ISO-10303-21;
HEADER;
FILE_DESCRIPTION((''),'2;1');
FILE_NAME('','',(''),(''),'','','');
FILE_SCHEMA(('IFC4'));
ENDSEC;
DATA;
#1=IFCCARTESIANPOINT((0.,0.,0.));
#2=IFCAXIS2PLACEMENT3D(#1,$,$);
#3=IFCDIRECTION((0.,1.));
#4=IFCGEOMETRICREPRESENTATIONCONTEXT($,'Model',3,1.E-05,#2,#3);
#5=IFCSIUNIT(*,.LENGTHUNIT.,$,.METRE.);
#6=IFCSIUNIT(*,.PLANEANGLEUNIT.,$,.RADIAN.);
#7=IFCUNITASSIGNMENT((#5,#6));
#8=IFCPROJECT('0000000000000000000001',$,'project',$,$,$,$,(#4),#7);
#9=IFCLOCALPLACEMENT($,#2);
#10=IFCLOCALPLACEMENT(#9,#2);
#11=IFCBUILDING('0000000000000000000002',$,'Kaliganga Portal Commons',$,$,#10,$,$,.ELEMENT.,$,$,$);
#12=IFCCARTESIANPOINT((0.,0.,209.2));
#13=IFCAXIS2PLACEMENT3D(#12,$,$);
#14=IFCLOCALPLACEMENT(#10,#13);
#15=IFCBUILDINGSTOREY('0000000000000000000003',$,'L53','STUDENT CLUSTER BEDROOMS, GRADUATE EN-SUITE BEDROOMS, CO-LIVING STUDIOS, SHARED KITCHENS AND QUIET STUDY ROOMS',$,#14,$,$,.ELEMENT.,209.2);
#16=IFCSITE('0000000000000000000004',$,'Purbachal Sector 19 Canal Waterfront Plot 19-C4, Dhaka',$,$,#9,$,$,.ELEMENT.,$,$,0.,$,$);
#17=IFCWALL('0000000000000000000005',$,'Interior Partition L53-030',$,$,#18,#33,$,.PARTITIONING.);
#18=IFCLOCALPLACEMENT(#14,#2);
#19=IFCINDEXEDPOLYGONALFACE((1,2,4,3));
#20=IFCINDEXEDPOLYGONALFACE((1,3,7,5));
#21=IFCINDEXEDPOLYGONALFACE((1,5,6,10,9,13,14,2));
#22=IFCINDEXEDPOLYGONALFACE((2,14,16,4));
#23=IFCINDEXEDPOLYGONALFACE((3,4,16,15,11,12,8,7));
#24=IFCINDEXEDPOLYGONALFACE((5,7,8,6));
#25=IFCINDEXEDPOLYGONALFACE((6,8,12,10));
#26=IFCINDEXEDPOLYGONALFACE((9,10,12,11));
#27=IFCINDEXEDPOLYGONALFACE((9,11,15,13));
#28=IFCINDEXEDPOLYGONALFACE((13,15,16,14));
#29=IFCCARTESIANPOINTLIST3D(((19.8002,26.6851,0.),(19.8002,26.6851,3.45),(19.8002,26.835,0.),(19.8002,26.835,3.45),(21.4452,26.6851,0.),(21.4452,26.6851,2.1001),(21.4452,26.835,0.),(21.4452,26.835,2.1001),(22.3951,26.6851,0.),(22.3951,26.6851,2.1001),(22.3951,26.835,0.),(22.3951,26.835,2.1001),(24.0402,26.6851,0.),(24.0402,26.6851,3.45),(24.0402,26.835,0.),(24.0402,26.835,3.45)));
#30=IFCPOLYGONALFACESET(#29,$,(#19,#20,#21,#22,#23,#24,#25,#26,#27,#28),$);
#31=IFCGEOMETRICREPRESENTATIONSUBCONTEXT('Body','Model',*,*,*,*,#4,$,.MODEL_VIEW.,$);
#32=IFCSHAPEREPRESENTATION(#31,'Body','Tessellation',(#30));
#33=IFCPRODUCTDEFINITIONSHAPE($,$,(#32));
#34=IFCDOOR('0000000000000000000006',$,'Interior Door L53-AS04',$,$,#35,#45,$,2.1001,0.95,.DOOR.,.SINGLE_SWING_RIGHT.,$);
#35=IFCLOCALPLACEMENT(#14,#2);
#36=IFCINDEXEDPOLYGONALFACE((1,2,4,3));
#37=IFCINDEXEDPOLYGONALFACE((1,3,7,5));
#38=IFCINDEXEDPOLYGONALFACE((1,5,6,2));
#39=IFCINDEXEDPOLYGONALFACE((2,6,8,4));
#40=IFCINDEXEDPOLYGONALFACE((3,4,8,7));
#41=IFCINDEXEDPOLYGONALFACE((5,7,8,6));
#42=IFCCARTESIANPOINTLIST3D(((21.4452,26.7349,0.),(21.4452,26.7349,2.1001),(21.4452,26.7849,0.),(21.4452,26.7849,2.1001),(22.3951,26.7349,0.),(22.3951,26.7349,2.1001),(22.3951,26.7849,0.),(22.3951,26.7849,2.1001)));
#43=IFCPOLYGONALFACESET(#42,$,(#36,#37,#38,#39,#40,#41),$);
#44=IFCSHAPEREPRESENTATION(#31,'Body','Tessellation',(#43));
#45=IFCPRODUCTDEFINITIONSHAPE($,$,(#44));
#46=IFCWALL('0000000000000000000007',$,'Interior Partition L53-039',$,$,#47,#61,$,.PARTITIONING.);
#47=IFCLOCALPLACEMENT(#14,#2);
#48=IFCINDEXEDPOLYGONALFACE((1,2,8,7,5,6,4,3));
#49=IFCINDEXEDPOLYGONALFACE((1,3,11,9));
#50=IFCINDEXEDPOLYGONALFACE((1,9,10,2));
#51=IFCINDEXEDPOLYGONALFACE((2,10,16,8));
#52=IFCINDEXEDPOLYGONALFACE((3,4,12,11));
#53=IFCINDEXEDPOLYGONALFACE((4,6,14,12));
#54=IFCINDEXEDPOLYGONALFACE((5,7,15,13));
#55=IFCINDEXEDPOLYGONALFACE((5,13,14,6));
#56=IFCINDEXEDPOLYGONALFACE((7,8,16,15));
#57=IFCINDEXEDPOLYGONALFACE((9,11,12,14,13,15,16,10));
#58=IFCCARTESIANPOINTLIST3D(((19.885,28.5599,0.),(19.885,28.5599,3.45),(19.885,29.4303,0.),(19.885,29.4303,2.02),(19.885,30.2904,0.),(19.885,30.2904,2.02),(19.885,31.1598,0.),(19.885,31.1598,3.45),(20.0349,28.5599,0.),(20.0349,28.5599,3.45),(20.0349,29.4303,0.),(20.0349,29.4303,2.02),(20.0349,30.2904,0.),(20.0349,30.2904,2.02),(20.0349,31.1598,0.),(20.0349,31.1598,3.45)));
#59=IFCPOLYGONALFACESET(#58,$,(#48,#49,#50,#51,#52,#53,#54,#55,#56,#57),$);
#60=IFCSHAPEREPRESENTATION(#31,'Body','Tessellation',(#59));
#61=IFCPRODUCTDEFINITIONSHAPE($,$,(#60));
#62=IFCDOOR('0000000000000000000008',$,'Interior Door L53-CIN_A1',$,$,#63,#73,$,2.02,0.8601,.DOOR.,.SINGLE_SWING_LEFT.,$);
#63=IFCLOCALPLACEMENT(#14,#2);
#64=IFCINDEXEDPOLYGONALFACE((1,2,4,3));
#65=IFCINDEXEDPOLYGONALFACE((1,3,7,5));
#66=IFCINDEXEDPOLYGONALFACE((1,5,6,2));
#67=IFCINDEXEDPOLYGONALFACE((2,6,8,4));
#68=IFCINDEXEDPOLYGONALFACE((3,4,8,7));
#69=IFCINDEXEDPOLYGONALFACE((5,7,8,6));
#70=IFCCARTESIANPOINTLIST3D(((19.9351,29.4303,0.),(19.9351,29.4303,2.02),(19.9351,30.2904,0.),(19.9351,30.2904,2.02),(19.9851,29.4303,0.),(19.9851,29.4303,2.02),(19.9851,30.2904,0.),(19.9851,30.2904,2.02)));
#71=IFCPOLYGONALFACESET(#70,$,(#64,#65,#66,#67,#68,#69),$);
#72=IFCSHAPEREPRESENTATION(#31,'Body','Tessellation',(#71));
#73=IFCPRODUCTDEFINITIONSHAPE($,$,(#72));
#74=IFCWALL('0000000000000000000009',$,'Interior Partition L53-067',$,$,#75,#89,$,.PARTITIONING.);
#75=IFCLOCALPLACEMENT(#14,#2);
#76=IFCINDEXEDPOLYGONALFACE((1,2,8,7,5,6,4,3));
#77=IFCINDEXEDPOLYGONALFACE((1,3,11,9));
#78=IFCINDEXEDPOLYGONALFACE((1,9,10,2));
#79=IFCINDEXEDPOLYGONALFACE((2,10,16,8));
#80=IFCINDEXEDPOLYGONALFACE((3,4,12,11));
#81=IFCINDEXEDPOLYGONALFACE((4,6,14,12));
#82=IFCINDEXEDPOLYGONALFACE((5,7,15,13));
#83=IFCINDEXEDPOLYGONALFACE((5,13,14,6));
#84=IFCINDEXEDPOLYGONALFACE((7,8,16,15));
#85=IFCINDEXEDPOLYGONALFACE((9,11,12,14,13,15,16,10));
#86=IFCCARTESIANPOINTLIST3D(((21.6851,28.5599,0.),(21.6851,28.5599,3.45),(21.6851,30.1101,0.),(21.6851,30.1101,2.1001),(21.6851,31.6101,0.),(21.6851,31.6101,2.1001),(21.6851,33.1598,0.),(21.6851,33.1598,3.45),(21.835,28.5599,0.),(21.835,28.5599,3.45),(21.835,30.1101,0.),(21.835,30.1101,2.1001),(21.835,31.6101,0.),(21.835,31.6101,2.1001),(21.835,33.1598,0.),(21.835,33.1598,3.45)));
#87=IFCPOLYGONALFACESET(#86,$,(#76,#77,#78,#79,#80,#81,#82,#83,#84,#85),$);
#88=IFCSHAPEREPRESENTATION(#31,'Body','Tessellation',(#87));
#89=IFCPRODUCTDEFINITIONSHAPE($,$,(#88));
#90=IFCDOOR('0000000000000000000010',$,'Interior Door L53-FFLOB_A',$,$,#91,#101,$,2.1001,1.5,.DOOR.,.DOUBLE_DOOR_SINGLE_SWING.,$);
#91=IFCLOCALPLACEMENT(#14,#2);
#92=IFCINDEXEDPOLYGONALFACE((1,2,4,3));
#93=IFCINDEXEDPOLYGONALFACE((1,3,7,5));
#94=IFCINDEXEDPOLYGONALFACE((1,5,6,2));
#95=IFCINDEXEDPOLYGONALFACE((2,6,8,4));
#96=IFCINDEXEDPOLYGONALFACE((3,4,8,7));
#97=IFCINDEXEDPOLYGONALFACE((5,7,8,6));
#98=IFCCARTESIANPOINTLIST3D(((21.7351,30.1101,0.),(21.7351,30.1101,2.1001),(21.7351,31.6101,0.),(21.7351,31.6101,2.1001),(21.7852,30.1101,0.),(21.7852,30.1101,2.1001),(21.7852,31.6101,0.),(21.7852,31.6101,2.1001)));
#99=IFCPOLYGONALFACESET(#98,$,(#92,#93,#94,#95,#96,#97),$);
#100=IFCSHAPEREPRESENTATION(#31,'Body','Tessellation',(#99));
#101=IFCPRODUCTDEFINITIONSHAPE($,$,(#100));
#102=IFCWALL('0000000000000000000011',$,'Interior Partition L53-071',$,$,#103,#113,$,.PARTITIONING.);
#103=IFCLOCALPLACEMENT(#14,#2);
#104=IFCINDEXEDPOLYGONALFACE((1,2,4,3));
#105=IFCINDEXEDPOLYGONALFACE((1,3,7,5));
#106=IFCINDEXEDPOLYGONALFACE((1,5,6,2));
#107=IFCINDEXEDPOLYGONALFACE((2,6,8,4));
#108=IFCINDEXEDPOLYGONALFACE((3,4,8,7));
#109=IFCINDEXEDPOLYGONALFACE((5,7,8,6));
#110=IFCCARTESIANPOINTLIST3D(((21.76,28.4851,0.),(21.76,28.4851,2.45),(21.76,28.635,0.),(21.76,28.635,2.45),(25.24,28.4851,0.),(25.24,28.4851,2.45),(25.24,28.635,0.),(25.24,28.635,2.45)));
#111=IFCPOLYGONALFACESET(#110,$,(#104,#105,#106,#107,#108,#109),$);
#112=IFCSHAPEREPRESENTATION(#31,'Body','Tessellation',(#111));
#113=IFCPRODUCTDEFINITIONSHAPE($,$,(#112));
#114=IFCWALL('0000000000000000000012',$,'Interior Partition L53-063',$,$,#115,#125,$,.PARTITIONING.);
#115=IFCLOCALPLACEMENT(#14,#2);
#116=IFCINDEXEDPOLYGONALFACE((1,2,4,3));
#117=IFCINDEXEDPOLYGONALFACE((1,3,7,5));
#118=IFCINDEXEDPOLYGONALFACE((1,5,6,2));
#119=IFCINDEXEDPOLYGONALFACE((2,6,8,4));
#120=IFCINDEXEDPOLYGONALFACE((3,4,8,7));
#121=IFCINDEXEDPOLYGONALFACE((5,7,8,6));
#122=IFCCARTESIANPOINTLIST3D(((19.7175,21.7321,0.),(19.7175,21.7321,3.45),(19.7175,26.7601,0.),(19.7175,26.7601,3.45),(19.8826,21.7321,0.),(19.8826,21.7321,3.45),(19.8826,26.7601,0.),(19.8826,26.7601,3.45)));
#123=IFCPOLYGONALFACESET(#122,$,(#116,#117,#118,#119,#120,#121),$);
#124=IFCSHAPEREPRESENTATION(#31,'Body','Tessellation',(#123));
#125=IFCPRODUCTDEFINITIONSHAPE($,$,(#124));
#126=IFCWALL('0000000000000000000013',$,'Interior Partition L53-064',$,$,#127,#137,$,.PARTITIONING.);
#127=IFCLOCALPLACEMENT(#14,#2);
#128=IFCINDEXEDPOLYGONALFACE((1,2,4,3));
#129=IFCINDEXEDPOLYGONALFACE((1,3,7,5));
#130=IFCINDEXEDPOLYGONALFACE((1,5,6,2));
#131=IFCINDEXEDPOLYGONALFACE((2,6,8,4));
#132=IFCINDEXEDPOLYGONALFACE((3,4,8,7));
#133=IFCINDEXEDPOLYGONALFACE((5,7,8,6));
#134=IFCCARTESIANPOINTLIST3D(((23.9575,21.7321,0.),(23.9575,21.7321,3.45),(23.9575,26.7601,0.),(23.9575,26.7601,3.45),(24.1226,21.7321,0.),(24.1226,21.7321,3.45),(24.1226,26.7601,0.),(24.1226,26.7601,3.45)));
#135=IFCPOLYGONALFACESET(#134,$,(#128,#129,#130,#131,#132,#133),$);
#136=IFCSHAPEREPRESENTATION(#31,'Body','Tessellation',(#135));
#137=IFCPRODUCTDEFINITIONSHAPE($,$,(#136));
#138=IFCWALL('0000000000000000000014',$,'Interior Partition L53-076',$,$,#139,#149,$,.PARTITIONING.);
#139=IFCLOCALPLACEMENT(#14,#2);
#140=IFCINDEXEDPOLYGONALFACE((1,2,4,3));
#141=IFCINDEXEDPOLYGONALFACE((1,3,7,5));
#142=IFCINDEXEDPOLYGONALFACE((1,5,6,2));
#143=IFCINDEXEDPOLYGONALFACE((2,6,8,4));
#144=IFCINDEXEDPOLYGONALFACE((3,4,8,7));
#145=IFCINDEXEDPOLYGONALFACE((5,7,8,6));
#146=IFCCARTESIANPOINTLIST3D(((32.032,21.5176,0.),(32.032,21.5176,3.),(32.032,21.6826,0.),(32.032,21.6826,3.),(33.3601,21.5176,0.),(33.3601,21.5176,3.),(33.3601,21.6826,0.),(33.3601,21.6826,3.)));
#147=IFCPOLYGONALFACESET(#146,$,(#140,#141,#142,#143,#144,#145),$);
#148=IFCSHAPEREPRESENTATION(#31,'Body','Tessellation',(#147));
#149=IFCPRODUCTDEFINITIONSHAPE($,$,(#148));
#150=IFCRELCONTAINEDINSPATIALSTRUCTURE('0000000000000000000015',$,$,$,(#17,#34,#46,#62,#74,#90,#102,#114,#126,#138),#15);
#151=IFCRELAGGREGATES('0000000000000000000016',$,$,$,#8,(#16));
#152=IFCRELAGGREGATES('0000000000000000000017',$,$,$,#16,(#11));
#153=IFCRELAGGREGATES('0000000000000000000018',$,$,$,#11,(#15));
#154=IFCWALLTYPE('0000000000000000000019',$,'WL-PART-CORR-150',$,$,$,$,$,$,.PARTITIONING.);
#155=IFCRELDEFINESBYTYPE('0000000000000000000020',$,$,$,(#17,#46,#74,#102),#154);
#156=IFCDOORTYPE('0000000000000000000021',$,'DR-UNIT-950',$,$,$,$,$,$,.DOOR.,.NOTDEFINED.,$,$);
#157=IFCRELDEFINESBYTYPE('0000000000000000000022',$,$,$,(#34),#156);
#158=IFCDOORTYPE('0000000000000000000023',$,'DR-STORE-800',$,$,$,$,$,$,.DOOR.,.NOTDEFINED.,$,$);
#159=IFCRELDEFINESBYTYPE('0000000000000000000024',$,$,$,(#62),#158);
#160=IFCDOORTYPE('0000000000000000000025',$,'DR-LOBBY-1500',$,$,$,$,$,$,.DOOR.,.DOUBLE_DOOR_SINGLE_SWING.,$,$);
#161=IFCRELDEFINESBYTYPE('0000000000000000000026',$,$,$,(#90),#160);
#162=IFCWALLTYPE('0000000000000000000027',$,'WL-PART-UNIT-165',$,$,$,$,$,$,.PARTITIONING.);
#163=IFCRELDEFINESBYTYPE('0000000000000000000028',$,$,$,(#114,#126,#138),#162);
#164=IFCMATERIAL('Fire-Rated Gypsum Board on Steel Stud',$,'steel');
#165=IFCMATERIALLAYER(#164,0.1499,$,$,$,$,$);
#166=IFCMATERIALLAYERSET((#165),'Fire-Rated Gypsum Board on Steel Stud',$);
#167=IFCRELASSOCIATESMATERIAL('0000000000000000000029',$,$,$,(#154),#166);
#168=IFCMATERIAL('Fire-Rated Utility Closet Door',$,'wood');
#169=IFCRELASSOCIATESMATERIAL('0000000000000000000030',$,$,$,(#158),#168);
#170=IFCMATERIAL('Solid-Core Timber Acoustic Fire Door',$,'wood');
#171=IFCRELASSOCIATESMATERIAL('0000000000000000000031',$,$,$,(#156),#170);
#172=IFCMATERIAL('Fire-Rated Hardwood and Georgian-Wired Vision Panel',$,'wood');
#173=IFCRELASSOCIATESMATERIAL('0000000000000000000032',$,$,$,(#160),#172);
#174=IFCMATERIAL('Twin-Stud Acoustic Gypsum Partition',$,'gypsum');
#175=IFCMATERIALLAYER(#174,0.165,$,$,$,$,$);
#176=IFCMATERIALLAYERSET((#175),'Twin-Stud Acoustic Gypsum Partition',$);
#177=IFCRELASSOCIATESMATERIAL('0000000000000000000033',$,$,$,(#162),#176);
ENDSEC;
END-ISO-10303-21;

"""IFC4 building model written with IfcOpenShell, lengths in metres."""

from ifc_helpers import new_model, si_unit, direction, frame, frame_2d, origin, place, context, subcontext, project, spatial, rectangle, extrude, material, layer, layer_set, type_object, element, fill, save


model = new_model("IFC4")

# Units and contexts
model_context = context("Model", 3, precision=1e-05, world=origin(), true_north=direction((0.0, 1.0)))
body_context = subcontext(model_context, "Body", "Model", "MODEL_VIEW")
ifc_project = project(units=[si_unit("LENGTHUNIT", "METRE"), si_unit("PLANEANGLEUNIT", "RADIAN")], contexts=[model_context])

# Site, building, storey
site_placement = place(None, origin())
site = spatial("IfcSite", under=ifc_project, at=site_placement, Name="Purbachal Sector 19 Canal Waterfront Plot 19-C4, Dhaka", CompositionType="ELEMENT", RefElevation=0.0)
building_placement = place(site_placement, origin())
building = spatial("IfcBuilding", under=site, at=building_placement, Name="Kaliganga Portal Commons", CompositionType="ELEMENT")
storey_placement = place(building_placement, frame((0.0, 0.0, 209.2)))
storey = spatial("IfcBuildingStorey", under=building, at=storey_placement, Name="L53", Description="STUDENT CLUSTER BEDROOMS, GRADUATE EN-SUITE BEDROOMS, CO-LIVING STUDIOS, SHARED KITCHENS AND QUIET STUDY ROOMS", CompositionType="ELEMENT", Elevation=209.2)

# Walls, openings, doors
ifc_material_1 = material(Name="Fire-Rated Gypsum Board on Steel Stud", Category="steel")
ifc_layer_1 = layer(ifc_material_1, 0.1499)
ifc_layer_set_1 = layer_set([ifc_layer_1], Name="Fire-Rated Gypsum Board on Steel Stud")
wall_type_1 = type_object("IfcWallType", Name="WL-PART-CORR-150", PredefinedType="PARTITIONING", material=ifc_layer_set_1)
ifc_material_2 = material(Name="Fire-Rated Utility Closet Door", Category="wood")
door_type_1 = type_object("IfcDoorType", Name="DR-STORE-800", OperationType="NOTDEFINED", PredefinedType="DOOR", material=ifc_material_2)
wall_1_placement = place(storey_placement, frame((19.8, 26.76, 0.0), z_axis=(0.0, 0.0, 1.0), x_axis=(1.0, 0.0, 0.0)))
wall_1 = element("IfcWall", 1, at=wall_1_placement, inside=storey, type_object=wall_type_1, Name="Interior Partition L53-030", PredefinedType="PARTITIONING", context=body_context, shape_type="SweptSolid", body=[
    extrude(rectangle(XDim=4.24, YDim=0.1499, at=frame_2d((2.1201, 0.0))), origin(), (0.0, 0.0, 1.0), 3.45),
])
opening_1_placement = place(wall_1_placement, frame((1.645, 0.0, 0.0)))
opening_1 = element("IfcOpeningElement", 2, at=opening_1_placement, cuts=wall_1, PredefinedType="OPENING", context=body_context, shape_type="SweptSolid", body=[
    extrude(rectangle(XDim=0.95, YDim=2.1001, at=frame_2d((0.4751, 1.05))), frame((0.0, 0.085, 0.0), z_axis=(0.0, -1.0, 0.0), x_axis=(1.0, 0.0, 0.0)), (0.0, 0.0, 1.0), 0.1699),
])
ifc_material_3 = material(Name="Solid-Core Timber Acoustic Fire Door", Category="wood")
door_type_2 = type_object("IfcDoorType", Name="DR-UNIT-950", OperationType="NOTDEFINED", PredefinedType="DOOR", material=ifc_material_3)
door_1_placement = place(opening_1_placement, origin())
door_1 = element("IfcDoor", 3, at=door_1_placement, inside=storey, type_object=door_type_2, Name="Interior Door L53-AS04", OperationType="SINGLE_SWING_RIGHT", OverallHeight=2.1001, OverallWidth=0.95, PredefinedType="DOOR", context=body_context, shape_type="SweptSolid", body=[
    extrude(rectangle(XDim=0.95, YDim=2.1001, at=frame_2d((0.4751, 1.05))), frame((0.0, 0.0249, 0.0), z_axis=(0.0, -1.0, 0.0), x_axis=(1.0, 0.0, 0.0)), (0.0, 0.0, 1.0), 0.05),
])
fill(opening_1, door_1)
wall_2_placement = place(storey_placement, frame((19.96, 28.5601, 0.0), z_axis=(0.0, 0.0, 1.0), x_axis=(0.0, 1.0, 0.0)))
wall_2 = element("IfcWall", 4, at=wall_2_placement, inside=storey, type_object=wall_type_1, Name="Interior Partition L53-039", PredefinedType="PARTITIONING", context=body_context, shape_type="SweptSolid", body=[
    extrude(rectangle(XDim=2.5999, YDim=0.1499, at=frame_2d((1.2998, 0.0))), origin(), (0.0, 0.0, 1.0), 3.45),
])
opening_2_placement = place(wall_2_placement, frame((0.8701, 0.0, 0.0)))
opening_2 = element("IfcOpeningElement", 5, at=opening_2_placement, cuts=wall_2, PredefinedType="OPENING", context=body_context, shape_type="SweptSolid", body=[
    extrude(rectangle(XDim=0.8601, YDim=2.02, at=frame_2d((0.4302, 1.01))), frame((0.0, 0.085, 0.0), z_axis=(0.0, -1.0, 0.0), x_axis=(1.0, 0.0, 0.0)), (0.0, 0.0, 1.0), 0.1699),
])
door_2_placement = place(opening_2_placement, origin())
door_2 = element("IfcDoor", 6, at=door_2_placement, inside=storey, type_object=door_type_1, Name="Interior Door L53-CIN_A1", OperationType="SINGLE_SWING_LEFT", OverallHeight=2.02, OverallWidth=0.8601, PredefinedType="DOOR", context=body_context, shape_type="SweptSolid", body=[
    extrude(rectangle(XDim=0.8601, YDim=2.02, at=frame_2d((0.4302, 1.01))), frame((0.0, 0.0249, 0.0), z_axis=(0.0, -1.0, 0.0), x_axis=(1.0, 0.0, 0.0)), (0.0, 0.0, 1.0), 0.05),
])
fill(opening_2, door_2)
wall_3_placement = place(storey_placement, frame((21.76, 28.5601, 0.0), z_axis=(0.0, 0.0, 1.0), x_axis=(0.0, 1.0, 0.0)))
wall_3 = element("IfcWall", 7, at=wall_3_placement, inside=storey, type_object=wall_type_1, Name="Interior Partition L53-067", PredefinedType="PARTITIONING", context=body_context, shape_type="SweptSolid", body=[
    extrude(rectangle(XDim=4.5999, YDim=0.1499, at=frame_2d((2.2998, 0.0))), origin(), (0.0, 0.0, 1.0), 3.45),
])
opening_3_placement = place(wall_3_placement, frame((1.55, 0.0, 0.0)))
opening_3 = element("IfcOpeningElement", 8, at=opening_3_placement, cuts=wall_3, PredefinedType="OPENING", context=body_context, shape_type="SweptSolid", body=[
    extrude(rectangle(XDim=1.5, YDim=2.1001, at=frame_2d((0.75, 1.05))), frame((0.0, 0.085, 0.0), z_axis=(0.0, -1.0, 0.0), x_axis=(1.0, 0.0, 0.0)), (0.0, 0.0, 1.0), 0.1699),
])
ifc_material_4 = material(Name="Fire-Rated Hardwood and Georgian-Wired Vision Panel", Category="wood")
door_type_3 = type_object("IfcDoorType", Name="DR-LOBBY-1500", OperationType="DOUBLE_DOOR_SINGLE_SWING", PredefinedType="DOOR", material=ifc_material_4)
door_3_placement = place(opening_3_placement, origin())
door_3 = element("IfcDoor", 9, at=door_3_placement, inside=storey, type_object=door_type_3, Name="Interior Door L53-FFLOB_A", OperationType="DOUBLE_DOOR_SINGLE_SWING", OverallHeight=2.1001, OverallWidth=1.5, PredefinedType="DOOR", context=body_context, shape_type="SweptSolid", body=[
    extrude(rectangle(XDim=1.5, YDim=2.1001, at=frame_2d((0.75, 1.05))), frame((0.0, 0.0249, 0.0), z_axis=(0.0, -1.0, 0.0), x_axis=(1.0, 0.0, 0.0)), (0.0, 0.0, 1.0), 0.05),
])
fill(opening_3, door_3)

# Walls
wall_4_placement = place(storey_placement, frame((21.76, 28.5601, 0.0), z_axis=(0.0, 0.0, 1.0), x_axis=(1.0, 0.0, 0.0)))
element("IfcWall", 10, at=wall_4_placement, inside=storey, type_object=wall_type_1, Name="Interior Partition L53-071", PredefinedType="PARTITIONING", context=body_context, shape_type="SweptSolid", body=[
    extrude(rectangle(XDim=3.48, YDim=0.1499, at=frame_2d((1.74, 0.0))), origin(), (0.0, 0.0, 1.0), 2.45),
])
ifc_material_5 = material(Name="Twin-Stud Acoustic Gypsum Partition", Category="gypsum")
ifc_layer_2 = layer(ifc_material_5, 0.165)
ifc_layer_set_2 = layer_set([ifc_layer_2], Name="Twin-Stud Acoustic Gypsum Partition")
wall_type_2 = type_object("IfcWallType", Name="WL-PART-UNIT-165", PredefinedType="PARTITIONING", material=ifc_layer_set_2)
for number, where, z_axis, x_axis, name in (
    (11, (19.8, 21.7319, 0.0), (0.0, 0.0, 1.0), (0.0, 1.0, 0.0), "Interior Partition L53-063"),
    (12, (24.04, 21.7319, 0.0), (0.0, 0.0, 1.0), (0.0, 1.0, 0.0), "Interior Partition L53-064"),
):
    element("IfcWall", number, at=place(storey_placement, frame(where, z_axis=z_axis, x_axis=x_axis)), inside=storey, type_object=wall_type_2, Name=name, PredefinedType="PARTITIONING", context=body_context, shape_type="SweptSolid", body=[
        extrude(rectangle(XDim=5.0281, YDim=0.165, at=frame_2d((2.5142, 0.0))), origin(), (0.0, 0.0, 1.0), 3.45),
    ])
wall_5_placement = place(storey_placement, frame((32.032, 21.6001, 0.0), z_axis=(0.0, 0.0, 1.0), x_axis=(1.0, 0.0, 0.0)))
element("IfcWall", 13, at=wall_5_placement, inside=storey, type_object=wall_type_2, Name="Interior Partition L53-076", PredefinedType="PARTITIONING", context=body_context, shape_type="SweptSolid", body=[
    extrude(rectangle(XDim=1.3281, YDim=0.165, at=frame_2d((0.6641, 0.0))), origin(), (0.0, 0.0, 1.0), 3.0),
])

save(model, "model.ifc")
